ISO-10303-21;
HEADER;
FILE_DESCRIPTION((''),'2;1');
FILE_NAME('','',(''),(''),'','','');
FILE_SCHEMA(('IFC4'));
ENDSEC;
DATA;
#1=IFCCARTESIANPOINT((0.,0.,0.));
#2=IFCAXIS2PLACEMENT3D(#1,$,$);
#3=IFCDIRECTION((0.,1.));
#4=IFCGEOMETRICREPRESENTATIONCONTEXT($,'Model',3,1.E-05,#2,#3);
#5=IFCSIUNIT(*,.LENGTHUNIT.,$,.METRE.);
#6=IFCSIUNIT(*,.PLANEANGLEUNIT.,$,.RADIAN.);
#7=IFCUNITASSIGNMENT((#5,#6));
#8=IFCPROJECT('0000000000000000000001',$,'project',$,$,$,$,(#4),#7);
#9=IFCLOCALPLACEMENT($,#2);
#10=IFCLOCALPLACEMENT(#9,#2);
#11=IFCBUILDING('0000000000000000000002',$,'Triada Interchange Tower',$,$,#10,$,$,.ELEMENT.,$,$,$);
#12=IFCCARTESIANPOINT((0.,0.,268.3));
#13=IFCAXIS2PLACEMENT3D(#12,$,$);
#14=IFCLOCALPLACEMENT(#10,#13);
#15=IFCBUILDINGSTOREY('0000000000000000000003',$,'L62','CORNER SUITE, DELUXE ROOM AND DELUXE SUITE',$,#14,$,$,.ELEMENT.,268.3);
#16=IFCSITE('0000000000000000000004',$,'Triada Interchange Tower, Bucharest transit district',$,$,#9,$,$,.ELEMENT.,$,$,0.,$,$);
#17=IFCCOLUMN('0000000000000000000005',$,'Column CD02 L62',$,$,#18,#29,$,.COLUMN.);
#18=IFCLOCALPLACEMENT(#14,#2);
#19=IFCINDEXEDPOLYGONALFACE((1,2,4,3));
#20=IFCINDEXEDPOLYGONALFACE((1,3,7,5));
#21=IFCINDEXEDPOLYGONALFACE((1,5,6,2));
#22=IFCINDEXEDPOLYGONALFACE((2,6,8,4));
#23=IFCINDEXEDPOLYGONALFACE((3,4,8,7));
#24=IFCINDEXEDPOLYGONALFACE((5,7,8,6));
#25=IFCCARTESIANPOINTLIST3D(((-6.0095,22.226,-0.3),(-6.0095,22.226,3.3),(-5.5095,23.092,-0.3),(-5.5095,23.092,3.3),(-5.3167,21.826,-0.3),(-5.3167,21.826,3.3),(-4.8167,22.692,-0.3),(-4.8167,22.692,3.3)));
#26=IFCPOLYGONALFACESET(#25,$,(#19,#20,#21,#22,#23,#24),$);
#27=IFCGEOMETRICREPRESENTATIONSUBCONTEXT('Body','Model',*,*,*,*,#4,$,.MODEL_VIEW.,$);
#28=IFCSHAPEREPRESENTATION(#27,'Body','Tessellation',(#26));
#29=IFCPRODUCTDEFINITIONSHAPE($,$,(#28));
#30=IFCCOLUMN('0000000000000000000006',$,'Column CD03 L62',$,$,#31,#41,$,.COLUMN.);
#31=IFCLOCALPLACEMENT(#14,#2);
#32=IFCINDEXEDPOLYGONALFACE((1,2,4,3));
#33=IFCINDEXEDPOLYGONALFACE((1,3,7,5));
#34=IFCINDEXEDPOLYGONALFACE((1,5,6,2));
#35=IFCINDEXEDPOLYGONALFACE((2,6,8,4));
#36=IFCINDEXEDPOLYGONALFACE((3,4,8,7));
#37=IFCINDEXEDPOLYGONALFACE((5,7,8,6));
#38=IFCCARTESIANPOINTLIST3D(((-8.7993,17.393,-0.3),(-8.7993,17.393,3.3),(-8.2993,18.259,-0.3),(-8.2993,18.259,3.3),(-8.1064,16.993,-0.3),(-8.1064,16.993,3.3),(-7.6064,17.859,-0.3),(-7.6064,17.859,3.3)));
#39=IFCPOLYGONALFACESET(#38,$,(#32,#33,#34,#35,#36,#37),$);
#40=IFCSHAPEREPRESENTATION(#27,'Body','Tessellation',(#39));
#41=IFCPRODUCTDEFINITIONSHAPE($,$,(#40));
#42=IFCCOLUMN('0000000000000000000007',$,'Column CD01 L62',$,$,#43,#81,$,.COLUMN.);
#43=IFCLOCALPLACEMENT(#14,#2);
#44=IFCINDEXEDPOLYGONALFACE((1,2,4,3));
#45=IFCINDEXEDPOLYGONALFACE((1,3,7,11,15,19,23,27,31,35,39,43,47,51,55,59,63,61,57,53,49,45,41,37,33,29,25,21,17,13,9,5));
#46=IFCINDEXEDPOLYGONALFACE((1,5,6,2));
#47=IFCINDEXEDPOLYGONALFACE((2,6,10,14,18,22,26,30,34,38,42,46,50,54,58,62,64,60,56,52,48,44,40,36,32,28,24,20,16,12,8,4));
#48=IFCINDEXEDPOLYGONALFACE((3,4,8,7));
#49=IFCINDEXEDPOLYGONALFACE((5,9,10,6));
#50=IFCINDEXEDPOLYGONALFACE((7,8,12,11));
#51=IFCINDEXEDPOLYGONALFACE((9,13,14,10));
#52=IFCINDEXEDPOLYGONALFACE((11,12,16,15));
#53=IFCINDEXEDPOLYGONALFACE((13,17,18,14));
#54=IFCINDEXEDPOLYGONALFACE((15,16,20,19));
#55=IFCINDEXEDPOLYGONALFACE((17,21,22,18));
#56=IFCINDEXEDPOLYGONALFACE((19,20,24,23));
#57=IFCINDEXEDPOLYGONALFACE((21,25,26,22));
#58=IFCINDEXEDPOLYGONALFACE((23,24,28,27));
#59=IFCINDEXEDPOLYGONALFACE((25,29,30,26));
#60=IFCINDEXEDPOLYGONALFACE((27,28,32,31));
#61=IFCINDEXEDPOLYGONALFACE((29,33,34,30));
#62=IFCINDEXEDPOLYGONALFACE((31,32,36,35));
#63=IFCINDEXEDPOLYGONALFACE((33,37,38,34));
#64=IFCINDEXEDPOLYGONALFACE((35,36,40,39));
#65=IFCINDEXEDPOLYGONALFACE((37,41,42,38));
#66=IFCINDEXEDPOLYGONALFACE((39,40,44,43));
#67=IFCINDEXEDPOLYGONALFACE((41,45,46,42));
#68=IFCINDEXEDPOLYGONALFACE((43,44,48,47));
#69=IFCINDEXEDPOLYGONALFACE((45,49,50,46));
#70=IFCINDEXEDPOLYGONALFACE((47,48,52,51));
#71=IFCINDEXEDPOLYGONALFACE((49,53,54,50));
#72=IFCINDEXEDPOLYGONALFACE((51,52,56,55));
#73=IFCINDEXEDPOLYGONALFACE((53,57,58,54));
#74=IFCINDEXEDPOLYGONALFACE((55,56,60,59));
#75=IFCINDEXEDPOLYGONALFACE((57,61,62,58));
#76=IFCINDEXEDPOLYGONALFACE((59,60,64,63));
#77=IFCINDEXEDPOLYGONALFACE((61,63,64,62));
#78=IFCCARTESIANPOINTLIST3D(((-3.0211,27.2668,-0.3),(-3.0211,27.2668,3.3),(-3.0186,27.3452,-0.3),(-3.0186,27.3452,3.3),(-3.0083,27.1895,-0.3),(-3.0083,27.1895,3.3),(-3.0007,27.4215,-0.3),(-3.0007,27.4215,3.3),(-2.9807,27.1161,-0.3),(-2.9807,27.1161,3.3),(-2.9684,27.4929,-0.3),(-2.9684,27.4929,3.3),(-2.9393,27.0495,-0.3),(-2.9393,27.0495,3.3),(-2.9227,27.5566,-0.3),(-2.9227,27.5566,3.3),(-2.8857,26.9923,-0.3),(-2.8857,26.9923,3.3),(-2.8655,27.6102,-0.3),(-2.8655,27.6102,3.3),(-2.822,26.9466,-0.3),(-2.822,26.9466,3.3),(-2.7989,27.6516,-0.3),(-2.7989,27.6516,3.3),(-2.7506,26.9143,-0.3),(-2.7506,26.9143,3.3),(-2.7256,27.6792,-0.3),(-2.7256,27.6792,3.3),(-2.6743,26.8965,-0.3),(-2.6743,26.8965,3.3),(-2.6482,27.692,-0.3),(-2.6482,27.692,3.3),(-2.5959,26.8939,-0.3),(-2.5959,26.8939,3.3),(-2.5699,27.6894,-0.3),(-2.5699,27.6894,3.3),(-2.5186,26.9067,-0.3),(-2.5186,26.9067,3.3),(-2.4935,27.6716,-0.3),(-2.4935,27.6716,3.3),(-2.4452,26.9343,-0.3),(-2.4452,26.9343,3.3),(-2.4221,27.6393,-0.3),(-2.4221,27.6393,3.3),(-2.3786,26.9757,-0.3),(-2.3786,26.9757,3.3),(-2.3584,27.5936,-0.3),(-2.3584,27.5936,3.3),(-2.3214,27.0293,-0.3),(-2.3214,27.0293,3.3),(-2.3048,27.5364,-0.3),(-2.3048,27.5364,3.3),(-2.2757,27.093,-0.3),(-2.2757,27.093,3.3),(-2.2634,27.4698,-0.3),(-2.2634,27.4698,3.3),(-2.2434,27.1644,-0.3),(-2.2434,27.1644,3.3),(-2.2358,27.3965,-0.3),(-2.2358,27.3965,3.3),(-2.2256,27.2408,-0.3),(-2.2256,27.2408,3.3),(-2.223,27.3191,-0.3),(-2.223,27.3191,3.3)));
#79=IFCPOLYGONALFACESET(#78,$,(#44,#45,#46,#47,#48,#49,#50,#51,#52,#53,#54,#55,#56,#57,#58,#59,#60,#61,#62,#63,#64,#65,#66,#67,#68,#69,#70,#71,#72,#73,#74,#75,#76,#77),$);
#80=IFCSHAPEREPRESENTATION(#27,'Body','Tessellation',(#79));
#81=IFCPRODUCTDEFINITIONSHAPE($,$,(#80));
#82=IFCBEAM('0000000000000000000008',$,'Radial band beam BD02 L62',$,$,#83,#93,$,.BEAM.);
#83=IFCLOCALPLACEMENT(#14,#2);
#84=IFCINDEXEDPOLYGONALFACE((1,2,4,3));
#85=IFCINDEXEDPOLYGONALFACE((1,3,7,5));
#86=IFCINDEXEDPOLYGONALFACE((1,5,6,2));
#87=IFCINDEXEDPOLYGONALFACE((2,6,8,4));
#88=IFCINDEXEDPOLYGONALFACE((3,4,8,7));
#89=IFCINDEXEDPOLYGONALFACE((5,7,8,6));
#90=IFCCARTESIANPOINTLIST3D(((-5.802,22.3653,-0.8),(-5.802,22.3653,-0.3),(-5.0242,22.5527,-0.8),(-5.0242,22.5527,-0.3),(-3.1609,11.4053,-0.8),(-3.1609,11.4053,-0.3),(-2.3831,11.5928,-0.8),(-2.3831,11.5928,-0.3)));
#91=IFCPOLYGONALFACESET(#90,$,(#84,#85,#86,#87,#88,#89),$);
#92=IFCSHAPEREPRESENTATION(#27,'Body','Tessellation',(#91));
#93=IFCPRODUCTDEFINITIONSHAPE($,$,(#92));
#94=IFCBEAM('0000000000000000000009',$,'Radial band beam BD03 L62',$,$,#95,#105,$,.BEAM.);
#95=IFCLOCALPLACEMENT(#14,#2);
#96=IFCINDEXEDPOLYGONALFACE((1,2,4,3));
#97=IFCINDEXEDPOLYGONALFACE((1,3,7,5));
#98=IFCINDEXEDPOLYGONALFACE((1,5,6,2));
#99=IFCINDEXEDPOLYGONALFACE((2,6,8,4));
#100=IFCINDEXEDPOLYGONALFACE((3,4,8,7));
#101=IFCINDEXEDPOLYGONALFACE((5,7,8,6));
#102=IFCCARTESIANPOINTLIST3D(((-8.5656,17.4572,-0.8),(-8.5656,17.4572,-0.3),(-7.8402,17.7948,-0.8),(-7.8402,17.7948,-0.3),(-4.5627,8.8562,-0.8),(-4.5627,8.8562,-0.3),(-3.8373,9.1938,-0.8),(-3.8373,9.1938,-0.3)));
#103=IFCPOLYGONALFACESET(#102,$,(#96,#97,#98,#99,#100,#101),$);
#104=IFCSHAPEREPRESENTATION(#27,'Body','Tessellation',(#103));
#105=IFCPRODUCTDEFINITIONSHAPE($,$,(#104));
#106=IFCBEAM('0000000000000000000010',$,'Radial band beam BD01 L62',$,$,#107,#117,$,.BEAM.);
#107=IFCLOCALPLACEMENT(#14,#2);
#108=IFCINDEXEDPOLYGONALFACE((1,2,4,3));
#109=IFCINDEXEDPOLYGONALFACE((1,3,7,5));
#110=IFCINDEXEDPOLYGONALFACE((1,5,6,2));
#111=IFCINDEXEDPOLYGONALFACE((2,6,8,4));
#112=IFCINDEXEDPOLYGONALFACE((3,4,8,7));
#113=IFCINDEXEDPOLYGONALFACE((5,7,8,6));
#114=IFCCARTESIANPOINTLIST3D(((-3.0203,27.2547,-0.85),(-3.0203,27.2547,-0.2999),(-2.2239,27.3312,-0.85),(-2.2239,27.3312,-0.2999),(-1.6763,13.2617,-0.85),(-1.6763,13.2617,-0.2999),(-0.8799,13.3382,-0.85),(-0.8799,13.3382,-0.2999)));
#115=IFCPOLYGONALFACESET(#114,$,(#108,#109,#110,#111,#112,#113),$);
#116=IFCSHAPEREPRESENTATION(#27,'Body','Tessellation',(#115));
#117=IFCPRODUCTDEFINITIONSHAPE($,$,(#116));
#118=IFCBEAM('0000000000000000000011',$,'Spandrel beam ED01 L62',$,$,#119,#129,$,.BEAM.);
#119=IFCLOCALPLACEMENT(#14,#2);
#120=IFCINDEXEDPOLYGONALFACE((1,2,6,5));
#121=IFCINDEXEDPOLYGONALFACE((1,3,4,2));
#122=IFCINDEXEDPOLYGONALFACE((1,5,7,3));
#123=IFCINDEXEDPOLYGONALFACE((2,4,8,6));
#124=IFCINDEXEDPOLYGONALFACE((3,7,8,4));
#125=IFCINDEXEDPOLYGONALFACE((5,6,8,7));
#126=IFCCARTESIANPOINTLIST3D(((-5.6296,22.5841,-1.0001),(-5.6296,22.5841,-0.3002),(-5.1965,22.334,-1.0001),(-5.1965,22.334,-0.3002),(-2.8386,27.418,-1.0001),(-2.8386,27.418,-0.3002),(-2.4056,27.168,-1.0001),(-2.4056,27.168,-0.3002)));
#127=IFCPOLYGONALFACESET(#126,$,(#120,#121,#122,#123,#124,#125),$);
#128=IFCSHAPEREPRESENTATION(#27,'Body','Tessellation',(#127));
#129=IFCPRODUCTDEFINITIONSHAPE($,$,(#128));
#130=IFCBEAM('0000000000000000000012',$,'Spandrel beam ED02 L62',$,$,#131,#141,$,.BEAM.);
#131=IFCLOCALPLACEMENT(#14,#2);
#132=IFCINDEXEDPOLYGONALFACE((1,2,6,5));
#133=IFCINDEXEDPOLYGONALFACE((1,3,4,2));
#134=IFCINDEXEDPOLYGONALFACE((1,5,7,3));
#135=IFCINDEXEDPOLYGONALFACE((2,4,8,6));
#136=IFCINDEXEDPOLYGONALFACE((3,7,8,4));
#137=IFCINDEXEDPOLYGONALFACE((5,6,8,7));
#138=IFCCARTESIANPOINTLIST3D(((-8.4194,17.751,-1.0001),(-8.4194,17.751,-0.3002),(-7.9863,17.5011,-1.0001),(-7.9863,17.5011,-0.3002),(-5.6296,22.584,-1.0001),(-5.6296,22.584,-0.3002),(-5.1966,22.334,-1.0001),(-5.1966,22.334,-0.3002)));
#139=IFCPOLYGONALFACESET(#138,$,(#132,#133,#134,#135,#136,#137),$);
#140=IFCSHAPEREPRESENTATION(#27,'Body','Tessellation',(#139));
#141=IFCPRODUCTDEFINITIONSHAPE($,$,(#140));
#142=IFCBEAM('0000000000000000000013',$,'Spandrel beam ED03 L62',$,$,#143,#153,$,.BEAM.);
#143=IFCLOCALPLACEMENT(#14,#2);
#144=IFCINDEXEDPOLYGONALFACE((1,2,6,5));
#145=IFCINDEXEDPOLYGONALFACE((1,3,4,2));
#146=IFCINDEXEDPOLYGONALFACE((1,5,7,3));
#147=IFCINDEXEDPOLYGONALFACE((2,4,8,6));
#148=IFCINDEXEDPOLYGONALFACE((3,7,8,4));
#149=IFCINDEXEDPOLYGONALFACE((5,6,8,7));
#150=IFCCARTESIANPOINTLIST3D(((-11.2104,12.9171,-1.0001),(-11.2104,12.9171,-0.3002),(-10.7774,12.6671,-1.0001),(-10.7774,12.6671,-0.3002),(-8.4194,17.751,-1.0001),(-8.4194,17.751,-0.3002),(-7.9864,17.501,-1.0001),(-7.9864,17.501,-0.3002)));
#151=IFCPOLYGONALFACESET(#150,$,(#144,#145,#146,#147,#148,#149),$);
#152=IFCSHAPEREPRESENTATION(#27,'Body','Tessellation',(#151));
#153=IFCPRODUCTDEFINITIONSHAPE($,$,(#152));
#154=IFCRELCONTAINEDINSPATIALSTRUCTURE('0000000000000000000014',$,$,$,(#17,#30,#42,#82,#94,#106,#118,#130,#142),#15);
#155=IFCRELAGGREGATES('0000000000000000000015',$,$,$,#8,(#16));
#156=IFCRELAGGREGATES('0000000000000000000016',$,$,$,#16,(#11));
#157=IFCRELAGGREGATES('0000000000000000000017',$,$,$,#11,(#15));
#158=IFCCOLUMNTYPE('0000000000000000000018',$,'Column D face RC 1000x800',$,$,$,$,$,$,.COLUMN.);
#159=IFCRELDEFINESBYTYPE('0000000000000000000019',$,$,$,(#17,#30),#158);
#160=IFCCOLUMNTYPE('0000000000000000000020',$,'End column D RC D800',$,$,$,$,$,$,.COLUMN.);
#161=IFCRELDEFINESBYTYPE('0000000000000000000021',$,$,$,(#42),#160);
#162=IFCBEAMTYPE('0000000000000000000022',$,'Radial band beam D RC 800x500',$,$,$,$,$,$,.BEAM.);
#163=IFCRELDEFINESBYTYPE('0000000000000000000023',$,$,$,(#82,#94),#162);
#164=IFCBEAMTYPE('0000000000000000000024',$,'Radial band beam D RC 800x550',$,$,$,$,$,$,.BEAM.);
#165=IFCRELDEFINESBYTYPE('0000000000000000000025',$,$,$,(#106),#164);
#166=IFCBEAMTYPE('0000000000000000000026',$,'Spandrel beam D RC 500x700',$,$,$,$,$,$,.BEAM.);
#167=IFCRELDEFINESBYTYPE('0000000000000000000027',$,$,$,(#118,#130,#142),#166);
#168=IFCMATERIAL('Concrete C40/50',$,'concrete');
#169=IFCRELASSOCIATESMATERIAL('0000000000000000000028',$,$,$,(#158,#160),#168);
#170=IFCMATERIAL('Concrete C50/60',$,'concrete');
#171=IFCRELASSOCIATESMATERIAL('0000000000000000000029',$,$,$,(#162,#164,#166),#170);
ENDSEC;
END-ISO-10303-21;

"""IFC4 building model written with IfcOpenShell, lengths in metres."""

from ifc_helpers import new_model, si_unit, direction, frame, origin, origin_2d, place, context, subcontext, project, spatial, rectangle, circle, extrude, material, material_profile, profile_set, type_object, element, save


model = new_model("IFC4")

# Units and contexts
model_context = context("Model", 3, precision=1e-05, world=origin(), true_north=direction((0.0, 1.0)))
body_context = subcontext(model_context, "Body", "Model", "MODEL_VIEW")
ifc_project = project(units=[si_unit("LENGTHUNIT", "METRE"), si_unit("PLANEANGLEUNIT", "RADIAN")], contexts=[model_context])

# Site, building, storey
site_placement = place(None, origin())
site = spatial("IfcSite", under=ifc_project, at=site_placement, Name="Triada Interchange Tower, Bucharest transit district", CompositionType="ELEMENT", RefElevation=0.0)
building_placement = place(site_placement, origin())
building = spatial("IfcBuilding", under=site, at=building_placement, Name="Triada Interchange Tower", CompositionType="ELEMENT")
storey_placement = place(building_placement, frame((0.0, 0.0, 268.3)))
storey = spatial("IfcBuildingStorey", under=building, at=storey_placement, Name="L62", Description="CORNER SUITE, DELUXE ROOM AND DELUXE SUITE", CompositionType="ELEMENT", Elevation=268.3)

# Columns
ifc_material_1 = material(Name="Concrete C40/50", Category="concrete")
ifc_material_profile_1 = material_profile(ifc_material_1, rectangle(XDim=1.0, YDim=0.8, at=origin_2d()), Name="RC 1000x800")
ifc_profile_set_1 = profile_set([ifc_material_profile_1], Name="Concrete C40/50")
column_type_1 = type_object("IfcColumnType", Name="Column D face RC 1000x800", PredefinedType="COLUMN", material=ifc_profile_set_1)
for number, where, z_axis, x_axis, name in (
    (1, (-5.4131, 22.459, -0.3), (0.0, 0.0, 1.0), (0.5, 0.866025, 0.0), "Column CD02 L62"),
    (2, (-8.2029, 17.626, -0.3), (0.0, 0.0, 1.0), (0.5, 0.866025, 0.0), "Column CD03 L62"),
):
    element("IfcColumn", number, at=place(storey_placement, frame(where, z_axis=z_axis, x_axis=x_axis)), inside=storey, type_object=column_type_1, Name=name, PredefinedType="COLUMN", context=body_context, shape_type="SweptSolid", body=[
        extrude(rectangle(XDim=1.0, YDim=0.8, at=origin_2d()), origin(), (0.0, 0.0, 1.0), 3.6001),
    ])
ifc_material_profile_2 = material_profile(ifc_material_1, circle(Radius=0.3999, at=origin_2d()), Name="RC D800")
ifc_profile_set_2 = profile_set([ifc_material_profile_2], Name="Concrete C40/50")
column_type_2 = type_object("IfcColumnType", Name="End column D RC D800", PredefinedType="COLUMN", material=ifc_profile_set_2)
column_placement = place(storey_placement, frame((-2.6221, 27.293, -0.3), z_axis=(0.0, 0.0, 1.0), x_axis=(0.5, 0.866025, 0.0)))
element("IfcColumn", 3, at=column_placement, inside=storey, type_object=column_type_2, Name="Column CD01 L62", PredefinedType="COLUMN", context=body_context, shape_type="SweptSolid", body=[
    extrude(circle(Radius=0.3999, at=origin_2d()), origin(), (0.0, 0.0, 1.0), 3.6001),
])

# Beams
ifc_material_2 = material(Name="Concrete C50/60", Category="concrete")
ifc_material_profile_3 = material_profile(ifc_material_2, rectangle(XDim=0.8, YDim=0.5, at=origin_2d()), Name="RC 800x500")
ifc_profile_set_3 = profile_set([ifc_material_profile_3], Name="Concrete C50/60")
beam_type_1 = type_object("IfcBeamType", Name="Radial band beam D RC 800x500", PredefinedType="BEAM", material=ifc_profile_set_3)
beam_1_placement = place(storey_placement, frame((-5.4131, 22.459, -0.55), z_axis=(0.234272, -0.972171, 0.0), x_axis=(0.972171, 0.234272, 0.0)))
element("IfcBeam", 4, at=beam_1_placement, inside=storey, type_object=beam_type_1, Name="Radial band beam BD02 L62", PredefinedType="BEAM", context=body_context, shape_type="SweptSolid", body=[
    extrude(rectangle(XDim=0.8, YDim=0.5, at=origin_2d()), origin(), (0.0, 0.0, 1.0), 11.2737),
])
beam_2_placement = place(storey_placement, frame((-8.2029, 17.626, -0.55), z_axis=(0.421941, -0.906623, 0.0), x_axis=(0.906623, 0.421941, 0.0)))
element("IfcBeam", 5, at=beam_2_placement, inside=storey, type_object=beam_type_1, Name="Radial band beam BD03 L62", PredefinedType="BEAM", context=body_context, shape_type="SweptSolid", body=[
    extrude(rectangle(XDim=0.8, YDim=0.5, at=origin_2d()), origin(), (0.0, 0.0, 1.0), 9.4868),
])
ifc_material_profile_4 = material_profile(ifc_material_2, rectangle(XDim=0.8, YDim=0.55, at=origin_2d()), Name="RC 800x550")
ifc_profile_set_4 = profile_set([ifc_material_profile_4], Name="Concrete C50/60")
beam_type_2 = type_object("IfcBeamType", Name="Radial band beam D RC 800x550", PredefinedType="BEAM", material=ifc_profile_set_4)
beam_3_placement = place(storey_placement, frame((-2.6221, 27.293, -0.575), z_axis=(0.095608, -0.995419, 0.0), x_axis=(0.995419, 0.095608, 0.0)))
element("IfcBeam", 6, at=beam_3_placement, inside=storey, type_object=beam_type_2, Name="Radial band beam BD01 L62", PredefinedType="BEAM", context=body_context, shape_type="SweptSolid", body=[
    extrude(rectangle(XDim=0.8, YDim=0.55, at=origin_2d()), origin(), (0.0, 0.0, 1.0), 14.0574),
])
ifc_material_profile_5 = material_profile(ifc_material_2, rectangle(XDim=0.5, YDim=0.7, at=origin_2d()), Name="RC 500x700")
ifc_profile_set_5 = profile_set([ifc_material_profile_5], Name="Concrete C50/60")
beam_type_3 = type_object("IfcBeamType", Name="Spandrel beam D RC 500x700", PredefinedType="BEAM", material=ifc_profile_set_5)
beam_4_placement = place(storey_placement, frame((-2.6221, 27.293, -0.6501), z_axis=(-0.500015, -0.866017, 0.0), x_axis=(0.866017, -0.500015, 0.0)))
element("IfcBeam", 7, at=beam_4_placement, inside=storey, type_object=beam_type_3, Name="Spandrel beam ED01 L62", PredefinedType="BEAM", context=body_context, shape_type="SweptSolid", body=[
    extrude(rectangle(XDim=0.5, YDim=0.7, at=origin_2d()), origin(), (0.0, 0.0, 1.0), 5.5818),
])
beam_5_placement = place(storey_placement, frame((-5.4131, 22.459, -0.6501), z_axis=(-0.499927, -0.866068, 0.0), x_axis=(0.866068, -0.499927, 0.0)))
element("IfcBeam", 8, at=beam_5_placement, inside=storey, type_object=beam_type_3, Name="Spandrel beam ED02 L62", PredefinedType="BEAM", context=body_context, shape_type="SweptSolid", body=[
    extrude(rectangle(XDim=0.5, YDim=0.7, at=origin_2d()), origin(), (0.0, 0.0, 1.0), 5.5803),
])
beam_6_placement = place(storey_placement, frame((-8.2029, 17.626, -0.6501), z_axis=(-0.500015, -0.866017, 0.0), x_axis=(0.866017, -0.500015, 0.0)))
element("IfcBeam", 9, at=beam_6_placement, inside=storey, type_object=beam_type_3, Name="Spandrel beam ED03 L62", PredefinedType="BEAM", context=body_context, shape_type="SweptSolid", body=[
    extrude(rectangle(XDim=0.5, YDim=0.7, at=origin_2d()), origin(), (0.0, 0.0, 1.0), 5.5818),
])

save(model, "model.ifc")
